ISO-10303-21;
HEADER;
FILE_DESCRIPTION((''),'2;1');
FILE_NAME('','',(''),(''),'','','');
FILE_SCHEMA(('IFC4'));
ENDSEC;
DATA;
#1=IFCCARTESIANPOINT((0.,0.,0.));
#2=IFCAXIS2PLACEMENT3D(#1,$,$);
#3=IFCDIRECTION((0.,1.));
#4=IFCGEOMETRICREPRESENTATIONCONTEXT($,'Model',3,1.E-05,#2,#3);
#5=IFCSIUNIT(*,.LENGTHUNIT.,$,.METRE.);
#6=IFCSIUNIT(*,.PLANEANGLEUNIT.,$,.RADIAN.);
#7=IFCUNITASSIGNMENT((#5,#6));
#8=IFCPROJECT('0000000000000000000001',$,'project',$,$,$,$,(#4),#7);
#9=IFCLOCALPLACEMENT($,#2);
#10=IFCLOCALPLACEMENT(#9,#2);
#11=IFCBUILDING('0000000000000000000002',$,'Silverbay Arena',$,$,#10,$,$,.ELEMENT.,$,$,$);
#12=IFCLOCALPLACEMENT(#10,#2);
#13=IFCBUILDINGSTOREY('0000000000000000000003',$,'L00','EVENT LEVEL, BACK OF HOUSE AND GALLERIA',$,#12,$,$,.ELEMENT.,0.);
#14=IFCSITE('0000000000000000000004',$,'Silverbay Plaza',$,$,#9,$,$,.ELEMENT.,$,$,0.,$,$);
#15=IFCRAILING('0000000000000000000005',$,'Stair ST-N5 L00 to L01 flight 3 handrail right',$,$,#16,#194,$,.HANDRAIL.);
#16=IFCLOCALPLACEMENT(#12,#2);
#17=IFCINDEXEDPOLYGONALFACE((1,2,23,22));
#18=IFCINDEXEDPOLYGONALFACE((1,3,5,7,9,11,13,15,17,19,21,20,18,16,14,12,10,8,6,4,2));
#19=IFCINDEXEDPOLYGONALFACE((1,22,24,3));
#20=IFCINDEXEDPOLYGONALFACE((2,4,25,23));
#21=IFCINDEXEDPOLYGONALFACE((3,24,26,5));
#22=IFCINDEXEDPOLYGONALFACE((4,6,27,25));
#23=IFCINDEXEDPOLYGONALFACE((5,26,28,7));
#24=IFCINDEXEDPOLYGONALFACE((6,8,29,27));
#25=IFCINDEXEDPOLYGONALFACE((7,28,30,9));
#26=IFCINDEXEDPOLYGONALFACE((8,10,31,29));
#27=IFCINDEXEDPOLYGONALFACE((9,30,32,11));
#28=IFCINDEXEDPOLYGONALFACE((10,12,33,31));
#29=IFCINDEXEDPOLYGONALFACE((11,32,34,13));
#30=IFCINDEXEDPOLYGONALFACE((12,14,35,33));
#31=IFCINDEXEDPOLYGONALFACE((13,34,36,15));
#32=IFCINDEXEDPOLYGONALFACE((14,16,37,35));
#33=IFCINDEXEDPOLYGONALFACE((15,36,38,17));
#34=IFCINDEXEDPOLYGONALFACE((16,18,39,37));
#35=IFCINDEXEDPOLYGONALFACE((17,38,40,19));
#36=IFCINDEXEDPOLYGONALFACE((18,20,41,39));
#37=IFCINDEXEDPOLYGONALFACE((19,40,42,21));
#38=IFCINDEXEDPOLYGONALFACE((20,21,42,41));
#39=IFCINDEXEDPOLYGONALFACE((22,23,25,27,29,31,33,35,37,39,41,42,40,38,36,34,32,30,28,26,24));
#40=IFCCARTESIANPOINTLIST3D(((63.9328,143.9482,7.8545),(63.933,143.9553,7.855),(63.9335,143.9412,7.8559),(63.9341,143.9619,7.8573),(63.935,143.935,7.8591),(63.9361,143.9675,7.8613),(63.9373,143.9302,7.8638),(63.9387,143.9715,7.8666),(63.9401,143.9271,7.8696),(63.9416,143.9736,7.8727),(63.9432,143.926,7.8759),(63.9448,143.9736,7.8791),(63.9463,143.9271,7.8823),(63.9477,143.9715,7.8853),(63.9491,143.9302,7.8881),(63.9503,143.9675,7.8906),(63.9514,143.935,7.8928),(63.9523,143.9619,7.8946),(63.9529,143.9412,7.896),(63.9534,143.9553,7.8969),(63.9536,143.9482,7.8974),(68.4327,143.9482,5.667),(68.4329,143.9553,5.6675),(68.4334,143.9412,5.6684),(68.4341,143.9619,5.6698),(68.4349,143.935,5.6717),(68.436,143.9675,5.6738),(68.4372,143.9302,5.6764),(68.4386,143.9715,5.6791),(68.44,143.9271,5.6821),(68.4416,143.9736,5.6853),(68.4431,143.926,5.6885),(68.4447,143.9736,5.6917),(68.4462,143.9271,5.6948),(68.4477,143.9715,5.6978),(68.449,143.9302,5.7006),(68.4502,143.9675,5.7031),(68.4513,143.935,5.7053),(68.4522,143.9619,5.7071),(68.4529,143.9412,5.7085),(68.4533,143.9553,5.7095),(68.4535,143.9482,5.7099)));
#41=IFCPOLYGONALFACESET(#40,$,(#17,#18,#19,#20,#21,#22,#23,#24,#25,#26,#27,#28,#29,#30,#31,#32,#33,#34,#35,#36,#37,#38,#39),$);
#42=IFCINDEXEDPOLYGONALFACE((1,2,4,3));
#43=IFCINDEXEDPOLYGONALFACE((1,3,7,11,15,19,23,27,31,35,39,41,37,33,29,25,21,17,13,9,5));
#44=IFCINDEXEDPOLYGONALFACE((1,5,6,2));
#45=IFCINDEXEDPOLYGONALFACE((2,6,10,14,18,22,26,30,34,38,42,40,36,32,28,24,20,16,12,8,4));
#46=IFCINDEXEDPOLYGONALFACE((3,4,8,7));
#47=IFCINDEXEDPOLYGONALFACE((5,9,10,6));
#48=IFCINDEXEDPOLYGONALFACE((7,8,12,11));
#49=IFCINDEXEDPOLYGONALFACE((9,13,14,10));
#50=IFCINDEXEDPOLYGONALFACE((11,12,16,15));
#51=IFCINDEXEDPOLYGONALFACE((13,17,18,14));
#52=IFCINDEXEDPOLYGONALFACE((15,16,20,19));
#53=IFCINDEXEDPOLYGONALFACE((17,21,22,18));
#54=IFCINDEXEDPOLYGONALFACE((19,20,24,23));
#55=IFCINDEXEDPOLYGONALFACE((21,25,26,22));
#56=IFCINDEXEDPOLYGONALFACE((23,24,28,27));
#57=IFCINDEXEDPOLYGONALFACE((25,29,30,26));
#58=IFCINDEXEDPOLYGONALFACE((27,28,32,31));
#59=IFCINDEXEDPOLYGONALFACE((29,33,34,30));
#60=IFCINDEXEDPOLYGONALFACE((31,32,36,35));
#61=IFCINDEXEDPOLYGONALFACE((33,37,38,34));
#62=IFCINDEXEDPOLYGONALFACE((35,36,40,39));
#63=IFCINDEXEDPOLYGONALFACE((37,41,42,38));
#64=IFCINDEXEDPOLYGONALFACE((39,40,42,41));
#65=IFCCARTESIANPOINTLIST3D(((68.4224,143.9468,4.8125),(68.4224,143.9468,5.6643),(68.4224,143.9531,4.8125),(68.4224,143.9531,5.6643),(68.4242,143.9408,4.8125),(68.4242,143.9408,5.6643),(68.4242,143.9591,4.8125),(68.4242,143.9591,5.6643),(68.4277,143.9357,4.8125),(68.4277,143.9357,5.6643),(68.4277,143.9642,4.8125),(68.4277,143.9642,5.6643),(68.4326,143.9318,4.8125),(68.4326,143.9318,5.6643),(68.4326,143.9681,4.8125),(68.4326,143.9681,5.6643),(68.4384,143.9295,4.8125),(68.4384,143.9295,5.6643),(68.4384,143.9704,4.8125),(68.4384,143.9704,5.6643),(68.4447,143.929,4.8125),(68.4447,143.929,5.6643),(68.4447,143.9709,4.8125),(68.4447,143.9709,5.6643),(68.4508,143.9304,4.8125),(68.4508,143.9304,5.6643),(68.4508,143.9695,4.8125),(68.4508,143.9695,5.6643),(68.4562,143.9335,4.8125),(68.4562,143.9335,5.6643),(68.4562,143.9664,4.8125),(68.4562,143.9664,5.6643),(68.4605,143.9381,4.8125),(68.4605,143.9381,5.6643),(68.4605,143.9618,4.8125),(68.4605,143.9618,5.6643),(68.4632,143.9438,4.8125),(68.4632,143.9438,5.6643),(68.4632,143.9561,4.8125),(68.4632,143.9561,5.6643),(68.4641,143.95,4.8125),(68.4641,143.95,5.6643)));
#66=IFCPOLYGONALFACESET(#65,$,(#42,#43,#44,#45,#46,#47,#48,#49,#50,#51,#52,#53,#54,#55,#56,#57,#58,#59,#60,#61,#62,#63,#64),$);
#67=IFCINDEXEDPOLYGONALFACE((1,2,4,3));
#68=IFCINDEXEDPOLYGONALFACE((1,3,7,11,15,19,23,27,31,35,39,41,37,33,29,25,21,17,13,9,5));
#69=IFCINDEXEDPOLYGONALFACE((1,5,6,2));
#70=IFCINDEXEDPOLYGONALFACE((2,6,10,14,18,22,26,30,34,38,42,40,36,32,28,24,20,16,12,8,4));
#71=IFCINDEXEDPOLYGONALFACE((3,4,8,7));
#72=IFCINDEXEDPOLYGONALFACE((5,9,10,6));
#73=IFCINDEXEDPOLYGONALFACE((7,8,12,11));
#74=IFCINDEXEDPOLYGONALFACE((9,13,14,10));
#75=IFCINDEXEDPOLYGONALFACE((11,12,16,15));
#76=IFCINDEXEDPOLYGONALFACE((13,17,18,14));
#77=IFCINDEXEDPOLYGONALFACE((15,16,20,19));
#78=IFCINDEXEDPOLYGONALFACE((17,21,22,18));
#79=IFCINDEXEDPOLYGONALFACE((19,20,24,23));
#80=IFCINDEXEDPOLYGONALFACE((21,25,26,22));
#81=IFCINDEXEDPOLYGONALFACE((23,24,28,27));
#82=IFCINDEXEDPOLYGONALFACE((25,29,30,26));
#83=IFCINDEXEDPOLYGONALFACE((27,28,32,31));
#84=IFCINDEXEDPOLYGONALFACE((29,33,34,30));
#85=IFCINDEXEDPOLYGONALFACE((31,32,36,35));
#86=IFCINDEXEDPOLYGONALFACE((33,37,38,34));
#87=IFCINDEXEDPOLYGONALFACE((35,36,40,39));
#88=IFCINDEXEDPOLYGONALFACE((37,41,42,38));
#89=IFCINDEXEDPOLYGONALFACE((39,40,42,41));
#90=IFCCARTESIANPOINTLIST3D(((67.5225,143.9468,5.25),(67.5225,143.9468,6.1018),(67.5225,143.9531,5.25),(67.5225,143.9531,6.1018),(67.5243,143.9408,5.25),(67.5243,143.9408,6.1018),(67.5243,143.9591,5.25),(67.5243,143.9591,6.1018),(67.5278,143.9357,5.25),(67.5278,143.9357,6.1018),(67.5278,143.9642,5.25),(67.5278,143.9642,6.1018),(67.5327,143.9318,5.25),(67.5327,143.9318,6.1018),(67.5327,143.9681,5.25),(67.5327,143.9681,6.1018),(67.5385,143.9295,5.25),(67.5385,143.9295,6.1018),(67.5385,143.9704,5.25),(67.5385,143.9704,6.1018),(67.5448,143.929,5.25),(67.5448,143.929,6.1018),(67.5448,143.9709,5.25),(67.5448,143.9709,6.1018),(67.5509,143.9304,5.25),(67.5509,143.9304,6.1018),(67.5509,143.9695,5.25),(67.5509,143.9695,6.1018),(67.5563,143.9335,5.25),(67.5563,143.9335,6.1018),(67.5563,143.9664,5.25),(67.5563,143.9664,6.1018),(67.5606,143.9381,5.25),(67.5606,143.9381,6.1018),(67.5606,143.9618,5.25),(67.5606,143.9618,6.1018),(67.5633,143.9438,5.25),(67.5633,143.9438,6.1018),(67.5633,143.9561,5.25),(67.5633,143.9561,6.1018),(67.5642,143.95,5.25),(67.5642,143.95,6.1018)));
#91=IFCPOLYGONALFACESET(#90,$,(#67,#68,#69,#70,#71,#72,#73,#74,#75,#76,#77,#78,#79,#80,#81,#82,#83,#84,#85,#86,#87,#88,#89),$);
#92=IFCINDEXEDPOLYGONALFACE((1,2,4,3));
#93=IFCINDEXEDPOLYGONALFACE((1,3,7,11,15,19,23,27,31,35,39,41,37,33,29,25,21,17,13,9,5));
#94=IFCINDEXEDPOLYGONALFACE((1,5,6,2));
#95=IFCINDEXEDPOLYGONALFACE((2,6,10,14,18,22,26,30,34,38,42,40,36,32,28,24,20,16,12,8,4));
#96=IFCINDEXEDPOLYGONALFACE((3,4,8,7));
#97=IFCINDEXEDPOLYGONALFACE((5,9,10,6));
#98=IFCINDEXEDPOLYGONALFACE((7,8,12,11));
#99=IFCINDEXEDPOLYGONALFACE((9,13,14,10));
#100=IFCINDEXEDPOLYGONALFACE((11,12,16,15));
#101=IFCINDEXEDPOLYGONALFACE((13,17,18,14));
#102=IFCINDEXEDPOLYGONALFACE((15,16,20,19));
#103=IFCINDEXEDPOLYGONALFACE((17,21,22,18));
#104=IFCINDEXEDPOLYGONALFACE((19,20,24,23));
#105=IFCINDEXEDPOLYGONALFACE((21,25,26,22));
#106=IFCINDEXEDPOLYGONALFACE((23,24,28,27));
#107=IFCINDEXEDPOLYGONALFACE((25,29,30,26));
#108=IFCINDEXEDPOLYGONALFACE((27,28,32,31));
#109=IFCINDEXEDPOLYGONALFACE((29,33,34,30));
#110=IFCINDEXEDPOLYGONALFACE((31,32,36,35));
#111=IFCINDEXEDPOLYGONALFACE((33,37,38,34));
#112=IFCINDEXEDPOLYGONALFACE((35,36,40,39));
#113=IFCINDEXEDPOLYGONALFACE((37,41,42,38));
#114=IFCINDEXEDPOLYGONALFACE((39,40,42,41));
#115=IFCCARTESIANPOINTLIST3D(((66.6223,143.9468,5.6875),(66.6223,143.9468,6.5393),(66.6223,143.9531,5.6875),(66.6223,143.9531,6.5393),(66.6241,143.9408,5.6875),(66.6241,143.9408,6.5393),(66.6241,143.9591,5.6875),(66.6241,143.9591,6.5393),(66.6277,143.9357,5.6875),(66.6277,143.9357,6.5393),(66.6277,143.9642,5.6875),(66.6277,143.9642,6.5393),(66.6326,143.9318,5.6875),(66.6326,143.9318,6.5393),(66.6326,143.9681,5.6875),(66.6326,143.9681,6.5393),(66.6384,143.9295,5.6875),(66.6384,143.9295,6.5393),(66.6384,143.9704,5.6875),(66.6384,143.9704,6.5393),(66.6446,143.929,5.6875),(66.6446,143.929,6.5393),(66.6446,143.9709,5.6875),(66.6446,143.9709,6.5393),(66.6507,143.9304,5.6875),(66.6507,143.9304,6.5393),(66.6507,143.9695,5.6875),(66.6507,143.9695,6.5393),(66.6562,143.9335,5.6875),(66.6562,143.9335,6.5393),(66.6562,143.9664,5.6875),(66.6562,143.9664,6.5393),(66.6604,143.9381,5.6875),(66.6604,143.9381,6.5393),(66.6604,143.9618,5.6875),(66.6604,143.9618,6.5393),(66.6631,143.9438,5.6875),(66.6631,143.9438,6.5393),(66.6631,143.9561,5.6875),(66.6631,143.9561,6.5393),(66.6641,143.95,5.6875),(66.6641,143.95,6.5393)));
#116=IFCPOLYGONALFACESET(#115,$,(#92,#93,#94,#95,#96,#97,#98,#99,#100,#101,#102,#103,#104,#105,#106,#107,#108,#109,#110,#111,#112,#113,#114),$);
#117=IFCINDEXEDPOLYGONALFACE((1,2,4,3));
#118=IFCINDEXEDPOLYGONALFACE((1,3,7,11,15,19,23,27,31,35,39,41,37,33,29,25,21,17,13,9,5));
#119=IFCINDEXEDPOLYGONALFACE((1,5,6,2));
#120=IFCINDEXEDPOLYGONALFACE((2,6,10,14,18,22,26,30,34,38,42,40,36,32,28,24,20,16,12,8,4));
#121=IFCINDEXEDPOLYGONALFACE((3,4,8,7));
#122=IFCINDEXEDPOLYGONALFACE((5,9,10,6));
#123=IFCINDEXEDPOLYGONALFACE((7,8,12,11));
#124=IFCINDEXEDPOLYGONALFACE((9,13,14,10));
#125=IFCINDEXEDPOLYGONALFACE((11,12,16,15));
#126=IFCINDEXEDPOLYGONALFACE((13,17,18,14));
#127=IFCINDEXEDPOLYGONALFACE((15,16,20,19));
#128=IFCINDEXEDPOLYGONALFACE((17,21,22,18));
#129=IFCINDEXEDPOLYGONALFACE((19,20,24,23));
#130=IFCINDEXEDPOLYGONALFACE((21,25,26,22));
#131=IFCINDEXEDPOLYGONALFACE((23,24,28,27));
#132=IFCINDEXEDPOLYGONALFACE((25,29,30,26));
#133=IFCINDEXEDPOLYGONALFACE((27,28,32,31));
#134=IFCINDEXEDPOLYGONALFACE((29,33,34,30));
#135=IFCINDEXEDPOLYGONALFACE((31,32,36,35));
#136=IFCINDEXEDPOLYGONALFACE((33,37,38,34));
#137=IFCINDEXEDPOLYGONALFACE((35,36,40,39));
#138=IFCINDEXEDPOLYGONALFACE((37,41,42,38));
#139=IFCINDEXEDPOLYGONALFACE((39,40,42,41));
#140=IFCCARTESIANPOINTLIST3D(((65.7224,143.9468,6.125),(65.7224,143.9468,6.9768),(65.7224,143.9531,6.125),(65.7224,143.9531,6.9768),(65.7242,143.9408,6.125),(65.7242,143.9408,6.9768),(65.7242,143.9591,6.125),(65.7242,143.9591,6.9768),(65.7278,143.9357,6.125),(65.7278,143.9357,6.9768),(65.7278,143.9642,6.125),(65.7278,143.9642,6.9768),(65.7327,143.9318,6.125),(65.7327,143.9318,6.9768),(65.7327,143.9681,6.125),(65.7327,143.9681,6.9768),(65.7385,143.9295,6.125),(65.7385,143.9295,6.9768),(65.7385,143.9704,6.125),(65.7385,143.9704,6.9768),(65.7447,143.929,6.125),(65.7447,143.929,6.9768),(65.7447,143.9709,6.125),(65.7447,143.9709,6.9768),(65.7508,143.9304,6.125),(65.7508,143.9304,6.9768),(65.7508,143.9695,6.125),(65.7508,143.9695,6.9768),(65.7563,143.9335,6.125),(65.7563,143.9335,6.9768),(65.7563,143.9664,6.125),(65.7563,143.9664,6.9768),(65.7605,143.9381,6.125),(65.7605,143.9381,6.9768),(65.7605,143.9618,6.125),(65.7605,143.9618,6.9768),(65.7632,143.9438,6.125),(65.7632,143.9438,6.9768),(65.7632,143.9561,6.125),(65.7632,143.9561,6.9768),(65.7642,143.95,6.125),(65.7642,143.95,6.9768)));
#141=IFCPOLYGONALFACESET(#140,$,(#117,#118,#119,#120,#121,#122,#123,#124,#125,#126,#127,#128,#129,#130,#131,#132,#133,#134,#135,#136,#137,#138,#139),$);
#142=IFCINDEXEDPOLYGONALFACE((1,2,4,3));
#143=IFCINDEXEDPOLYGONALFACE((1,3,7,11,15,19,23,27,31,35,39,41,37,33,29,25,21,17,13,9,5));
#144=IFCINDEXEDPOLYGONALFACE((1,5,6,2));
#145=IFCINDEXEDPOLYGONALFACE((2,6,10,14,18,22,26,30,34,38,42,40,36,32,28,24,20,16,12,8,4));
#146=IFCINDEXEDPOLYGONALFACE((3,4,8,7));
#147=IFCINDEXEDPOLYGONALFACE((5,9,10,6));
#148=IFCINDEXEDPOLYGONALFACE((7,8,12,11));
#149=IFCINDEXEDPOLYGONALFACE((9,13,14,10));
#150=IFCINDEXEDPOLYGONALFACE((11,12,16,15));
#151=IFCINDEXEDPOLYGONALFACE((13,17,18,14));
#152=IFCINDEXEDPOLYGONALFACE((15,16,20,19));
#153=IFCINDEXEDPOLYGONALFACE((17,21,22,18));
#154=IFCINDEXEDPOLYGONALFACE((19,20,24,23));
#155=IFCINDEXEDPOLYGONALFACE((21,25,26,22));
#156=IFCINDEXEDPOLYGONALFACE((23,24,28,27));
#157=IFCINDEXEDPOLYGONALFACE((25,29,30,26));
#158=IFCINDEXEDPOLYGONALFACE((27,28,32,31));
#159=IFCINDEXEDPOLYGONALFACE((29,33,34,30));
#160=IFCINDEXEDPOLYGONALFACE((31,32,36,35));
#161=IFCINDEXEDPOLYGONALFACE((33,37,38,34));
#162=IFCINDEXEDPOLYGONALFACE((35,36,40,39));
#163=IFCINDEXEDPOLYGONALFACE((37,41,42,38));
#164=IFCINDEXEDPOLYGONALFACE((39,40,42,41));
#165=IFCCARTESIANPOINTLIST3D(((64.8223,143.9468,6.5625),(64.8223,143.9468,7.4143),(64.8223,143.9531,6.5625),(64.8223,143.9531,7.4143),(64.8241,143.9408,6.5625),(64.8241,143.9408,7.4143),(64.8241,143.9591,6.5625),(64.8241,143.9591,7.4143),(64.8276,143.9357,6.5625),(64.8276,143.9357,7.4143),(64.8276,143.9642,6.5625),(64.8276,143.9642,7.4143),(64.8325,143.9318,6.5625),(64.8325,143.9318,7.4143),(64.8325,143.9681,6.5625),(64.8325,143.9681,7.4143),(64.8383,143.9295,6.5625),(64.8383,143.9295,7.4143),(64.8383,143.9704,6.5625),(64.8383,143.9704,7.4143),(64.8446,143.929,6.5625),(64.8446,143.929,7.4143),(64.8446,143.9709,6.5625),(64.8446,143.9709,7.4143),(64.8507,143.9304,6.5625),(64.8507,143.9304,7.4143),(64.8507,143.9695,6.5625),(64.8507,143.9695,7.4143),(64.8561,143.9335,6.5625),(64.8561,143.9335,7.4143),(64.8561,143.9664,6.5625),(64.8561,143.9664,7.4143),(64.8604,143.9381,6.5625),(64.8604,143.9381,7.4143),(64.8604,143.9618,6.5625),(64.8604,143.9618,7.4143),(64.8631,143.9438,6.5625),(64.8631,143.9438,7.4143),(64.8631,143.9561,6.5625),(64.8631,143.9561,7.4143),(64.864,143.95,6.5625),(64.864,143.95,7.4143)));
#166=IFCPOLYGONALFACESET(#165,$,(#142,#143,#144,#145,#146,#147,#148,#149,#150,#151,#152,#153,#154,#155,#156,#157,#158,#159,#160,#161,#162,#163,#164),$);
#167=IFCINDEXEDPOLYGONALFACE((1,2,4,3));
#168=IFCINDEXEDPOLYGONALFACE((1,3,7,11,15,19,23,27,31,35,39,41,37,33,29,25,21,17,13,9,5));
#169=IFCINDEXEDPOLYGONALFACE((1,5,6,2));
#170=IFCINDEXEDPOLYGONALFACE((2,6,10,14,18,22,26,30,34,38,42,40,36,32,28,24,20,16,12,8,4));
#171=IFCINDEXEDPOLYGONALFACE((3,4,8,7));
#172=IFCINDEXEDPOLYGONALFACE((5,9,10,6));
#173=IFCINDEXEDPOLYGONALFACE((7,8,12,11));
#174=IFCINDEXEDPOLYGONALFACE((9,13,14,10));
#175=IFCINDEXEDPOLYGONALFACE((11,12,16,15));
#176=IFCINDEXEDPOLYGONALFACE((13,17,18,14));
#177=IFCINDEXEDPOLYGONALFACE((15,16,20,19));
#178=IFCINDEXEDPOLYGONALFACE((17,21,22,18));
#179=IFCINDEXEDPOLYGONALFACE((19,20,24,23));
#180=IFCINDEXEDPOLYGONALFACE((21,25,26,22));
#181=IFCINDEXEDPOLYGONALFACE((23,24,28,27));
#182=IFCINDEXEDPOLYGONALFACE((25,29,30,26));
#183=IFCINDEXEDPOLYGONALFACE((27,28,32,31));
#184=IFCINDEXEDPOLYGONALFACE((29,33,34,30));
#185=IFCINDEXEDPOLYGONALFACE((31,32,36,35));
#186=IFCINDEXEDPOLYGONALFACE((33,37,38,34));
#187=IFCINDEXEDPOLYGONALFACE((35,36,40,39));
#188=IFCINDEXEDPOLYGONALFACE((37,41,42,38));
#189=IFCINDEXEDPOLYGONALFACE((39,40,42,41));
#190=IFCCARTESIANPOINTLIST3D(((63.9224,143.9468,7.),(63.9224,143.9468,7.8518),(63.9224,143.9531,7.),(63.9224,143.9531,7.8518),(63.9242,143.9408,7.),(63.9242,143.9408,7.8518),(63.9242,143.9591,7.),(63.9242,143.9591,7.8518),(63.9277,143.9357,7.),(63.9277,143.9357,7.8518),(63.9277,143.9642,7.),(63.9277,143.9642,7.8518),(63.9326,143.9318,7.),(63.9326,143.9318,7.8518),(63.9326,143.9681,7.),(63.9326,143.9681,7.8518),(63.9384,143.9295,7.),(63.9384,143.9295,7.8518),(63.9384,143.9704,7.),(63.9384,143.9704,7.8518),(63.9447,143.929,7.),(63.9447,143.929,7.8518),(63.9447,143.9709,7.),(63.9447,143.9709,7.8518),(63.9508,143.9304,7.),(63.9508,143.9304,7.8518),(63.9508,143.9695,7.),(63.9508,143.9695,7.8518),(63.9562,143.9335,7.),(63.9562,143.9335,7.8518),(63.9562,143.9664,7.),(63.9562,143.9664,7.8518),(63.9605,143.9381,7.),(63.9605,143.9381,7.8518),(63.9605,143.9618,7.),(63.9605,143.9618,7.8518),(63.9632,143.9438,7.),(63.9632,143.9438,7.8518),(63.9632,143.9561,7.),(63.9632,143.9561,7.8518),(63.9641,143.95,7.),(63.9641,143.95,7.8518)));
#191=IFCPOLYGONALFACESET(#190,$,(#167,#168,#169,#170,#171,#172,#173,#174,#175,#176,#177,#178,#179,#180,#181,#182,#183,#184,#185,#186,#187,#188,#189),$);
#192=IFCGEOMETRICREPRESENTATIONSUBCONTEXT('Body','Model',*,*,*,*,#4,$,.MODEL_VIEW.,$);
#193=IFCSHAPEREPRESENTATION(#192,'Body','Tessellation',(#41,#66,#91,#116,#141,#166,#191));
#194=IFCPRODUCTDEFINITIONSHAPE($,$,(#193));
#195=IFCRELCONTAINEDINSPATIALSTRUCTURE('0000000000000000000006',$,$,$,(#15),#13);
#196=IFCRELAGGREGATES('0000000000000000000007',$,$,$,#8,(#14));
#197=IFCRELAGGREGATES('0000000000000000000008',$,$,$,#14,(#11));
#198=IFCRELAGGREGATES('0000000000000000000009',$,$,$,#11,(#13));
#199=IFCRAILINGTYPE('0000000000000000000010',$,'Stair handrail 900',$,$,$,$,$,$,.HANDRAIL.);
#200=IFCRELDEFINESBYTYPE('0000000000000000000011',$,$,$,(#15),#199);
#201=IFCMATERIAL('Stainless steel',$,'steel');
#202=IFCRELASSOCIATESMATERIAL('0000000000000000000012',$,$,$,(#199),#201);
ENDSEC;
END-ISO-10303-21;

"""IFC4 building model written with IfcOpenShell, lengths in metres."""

from ifc_helpers import new_model, si_unit, direction, frame, origin, origin_2d, place, context, subcontext, project, spatial, circle, extrude, material, type_object, element, save


model = new_model("IFC4")

# Units and contexts
model_context = context("Model", 3, precision=1e-05, world=origin(), true_north=direction((0.0, 1.0)))
body_context = subcontext(model_context, "Body", "Model", "MODEL_VIEW")
ifc_project = project(units=[si_unit("LENGTHUNIT", "METRE"), si_unit("PLANEANGLEUNIT", "RADIAN")], contexts=[model_context])

# Site, building, storey
site_placement = place(None, origin())
site = spatial("IfcSite", under=ifc_project, at=site_placement, Name="Silverbay Plaza", CompositionType="ELEMENT", RefElevation=0.0)
building_placement = place(site_placement, origin())
building = spatial("IfcBuilding", under=site, at=building_placement, Name="Silverbay Arena", CompositionType="ELEMENT")
storey_placement = place(building_placement, origin())
storey = spatial("IfcBuildingStorey", under=building, at=storey_placement, Name="L00", Description="EVENT LEVEL, BACK OF HOUSE AND GALLERIA", CompositionType="ELEMENT", Elevation=0.0)

# Railing
ifc_material_1 = material(Name="Stainless steel", Category="steel")
railing_type_1 = type_object("IfcRailingType", Name="Stair handrail 900", PredefinedType="HANDRAIL", material=ifc_material_1)
for number, where, name in (
    (1, (68.4431, 143.95, 4.8125), "Stair ST-N5 L00 to L01 flight 3 handrail right"),
):
    element("IfcRailing", number, at=place(storey_placement, frame(where)), inside=storey, type_object=railing_type_1, Name=name, PredefinedType="HANDRAIL", context=body_context, shape_type="SweptSolid", body=[
        extrude(circle(Radius=0.0239, at=origin_2d()), frame((0.0, 0.0, 0.876), z_axis=(-0.899368, 0.0, 0.437193), x_axis=(0.0, -1.0, 0.0)), (0.0, 0.0, 1.0), 5.0034),
        extrude(circle(Radius=0.021, at=origin_2d()), origin(), (0.0, 0.0, 1.0), 0.8518),
        extrude(circle(Radius=0.021, at=origin_2d()), frame((-0.8999, 0.0, 0.4375)), (0.0, 0.0, 1.0), 0.8518),
        extrude(circle(Radius=0.021, at=origin_2d()), frame((-1.8, 0.0, 0.875)), (0.0, 0.0, 1.0), 0.8518),
        extrude(circle(Radius=0.021, at=origin_2d()), frame((-2.7, 0.0, 1.3125)), (0.0, 0.0, 1.0), 0.8518),
        extrude(circle(Radius=0.021, at=origin_2d()), frame((-3.6001, 0.0, 1.75)), (0.0, 0.0, 1.0), 0.8518),
        extrude(circle(Radius=0.021, at=origin_2d()), frame((-4.5, 0.0, 2.1875)), (0.0, 0.0, 1.0), 0.8518),
    ])

save(model, "model.ifc")
